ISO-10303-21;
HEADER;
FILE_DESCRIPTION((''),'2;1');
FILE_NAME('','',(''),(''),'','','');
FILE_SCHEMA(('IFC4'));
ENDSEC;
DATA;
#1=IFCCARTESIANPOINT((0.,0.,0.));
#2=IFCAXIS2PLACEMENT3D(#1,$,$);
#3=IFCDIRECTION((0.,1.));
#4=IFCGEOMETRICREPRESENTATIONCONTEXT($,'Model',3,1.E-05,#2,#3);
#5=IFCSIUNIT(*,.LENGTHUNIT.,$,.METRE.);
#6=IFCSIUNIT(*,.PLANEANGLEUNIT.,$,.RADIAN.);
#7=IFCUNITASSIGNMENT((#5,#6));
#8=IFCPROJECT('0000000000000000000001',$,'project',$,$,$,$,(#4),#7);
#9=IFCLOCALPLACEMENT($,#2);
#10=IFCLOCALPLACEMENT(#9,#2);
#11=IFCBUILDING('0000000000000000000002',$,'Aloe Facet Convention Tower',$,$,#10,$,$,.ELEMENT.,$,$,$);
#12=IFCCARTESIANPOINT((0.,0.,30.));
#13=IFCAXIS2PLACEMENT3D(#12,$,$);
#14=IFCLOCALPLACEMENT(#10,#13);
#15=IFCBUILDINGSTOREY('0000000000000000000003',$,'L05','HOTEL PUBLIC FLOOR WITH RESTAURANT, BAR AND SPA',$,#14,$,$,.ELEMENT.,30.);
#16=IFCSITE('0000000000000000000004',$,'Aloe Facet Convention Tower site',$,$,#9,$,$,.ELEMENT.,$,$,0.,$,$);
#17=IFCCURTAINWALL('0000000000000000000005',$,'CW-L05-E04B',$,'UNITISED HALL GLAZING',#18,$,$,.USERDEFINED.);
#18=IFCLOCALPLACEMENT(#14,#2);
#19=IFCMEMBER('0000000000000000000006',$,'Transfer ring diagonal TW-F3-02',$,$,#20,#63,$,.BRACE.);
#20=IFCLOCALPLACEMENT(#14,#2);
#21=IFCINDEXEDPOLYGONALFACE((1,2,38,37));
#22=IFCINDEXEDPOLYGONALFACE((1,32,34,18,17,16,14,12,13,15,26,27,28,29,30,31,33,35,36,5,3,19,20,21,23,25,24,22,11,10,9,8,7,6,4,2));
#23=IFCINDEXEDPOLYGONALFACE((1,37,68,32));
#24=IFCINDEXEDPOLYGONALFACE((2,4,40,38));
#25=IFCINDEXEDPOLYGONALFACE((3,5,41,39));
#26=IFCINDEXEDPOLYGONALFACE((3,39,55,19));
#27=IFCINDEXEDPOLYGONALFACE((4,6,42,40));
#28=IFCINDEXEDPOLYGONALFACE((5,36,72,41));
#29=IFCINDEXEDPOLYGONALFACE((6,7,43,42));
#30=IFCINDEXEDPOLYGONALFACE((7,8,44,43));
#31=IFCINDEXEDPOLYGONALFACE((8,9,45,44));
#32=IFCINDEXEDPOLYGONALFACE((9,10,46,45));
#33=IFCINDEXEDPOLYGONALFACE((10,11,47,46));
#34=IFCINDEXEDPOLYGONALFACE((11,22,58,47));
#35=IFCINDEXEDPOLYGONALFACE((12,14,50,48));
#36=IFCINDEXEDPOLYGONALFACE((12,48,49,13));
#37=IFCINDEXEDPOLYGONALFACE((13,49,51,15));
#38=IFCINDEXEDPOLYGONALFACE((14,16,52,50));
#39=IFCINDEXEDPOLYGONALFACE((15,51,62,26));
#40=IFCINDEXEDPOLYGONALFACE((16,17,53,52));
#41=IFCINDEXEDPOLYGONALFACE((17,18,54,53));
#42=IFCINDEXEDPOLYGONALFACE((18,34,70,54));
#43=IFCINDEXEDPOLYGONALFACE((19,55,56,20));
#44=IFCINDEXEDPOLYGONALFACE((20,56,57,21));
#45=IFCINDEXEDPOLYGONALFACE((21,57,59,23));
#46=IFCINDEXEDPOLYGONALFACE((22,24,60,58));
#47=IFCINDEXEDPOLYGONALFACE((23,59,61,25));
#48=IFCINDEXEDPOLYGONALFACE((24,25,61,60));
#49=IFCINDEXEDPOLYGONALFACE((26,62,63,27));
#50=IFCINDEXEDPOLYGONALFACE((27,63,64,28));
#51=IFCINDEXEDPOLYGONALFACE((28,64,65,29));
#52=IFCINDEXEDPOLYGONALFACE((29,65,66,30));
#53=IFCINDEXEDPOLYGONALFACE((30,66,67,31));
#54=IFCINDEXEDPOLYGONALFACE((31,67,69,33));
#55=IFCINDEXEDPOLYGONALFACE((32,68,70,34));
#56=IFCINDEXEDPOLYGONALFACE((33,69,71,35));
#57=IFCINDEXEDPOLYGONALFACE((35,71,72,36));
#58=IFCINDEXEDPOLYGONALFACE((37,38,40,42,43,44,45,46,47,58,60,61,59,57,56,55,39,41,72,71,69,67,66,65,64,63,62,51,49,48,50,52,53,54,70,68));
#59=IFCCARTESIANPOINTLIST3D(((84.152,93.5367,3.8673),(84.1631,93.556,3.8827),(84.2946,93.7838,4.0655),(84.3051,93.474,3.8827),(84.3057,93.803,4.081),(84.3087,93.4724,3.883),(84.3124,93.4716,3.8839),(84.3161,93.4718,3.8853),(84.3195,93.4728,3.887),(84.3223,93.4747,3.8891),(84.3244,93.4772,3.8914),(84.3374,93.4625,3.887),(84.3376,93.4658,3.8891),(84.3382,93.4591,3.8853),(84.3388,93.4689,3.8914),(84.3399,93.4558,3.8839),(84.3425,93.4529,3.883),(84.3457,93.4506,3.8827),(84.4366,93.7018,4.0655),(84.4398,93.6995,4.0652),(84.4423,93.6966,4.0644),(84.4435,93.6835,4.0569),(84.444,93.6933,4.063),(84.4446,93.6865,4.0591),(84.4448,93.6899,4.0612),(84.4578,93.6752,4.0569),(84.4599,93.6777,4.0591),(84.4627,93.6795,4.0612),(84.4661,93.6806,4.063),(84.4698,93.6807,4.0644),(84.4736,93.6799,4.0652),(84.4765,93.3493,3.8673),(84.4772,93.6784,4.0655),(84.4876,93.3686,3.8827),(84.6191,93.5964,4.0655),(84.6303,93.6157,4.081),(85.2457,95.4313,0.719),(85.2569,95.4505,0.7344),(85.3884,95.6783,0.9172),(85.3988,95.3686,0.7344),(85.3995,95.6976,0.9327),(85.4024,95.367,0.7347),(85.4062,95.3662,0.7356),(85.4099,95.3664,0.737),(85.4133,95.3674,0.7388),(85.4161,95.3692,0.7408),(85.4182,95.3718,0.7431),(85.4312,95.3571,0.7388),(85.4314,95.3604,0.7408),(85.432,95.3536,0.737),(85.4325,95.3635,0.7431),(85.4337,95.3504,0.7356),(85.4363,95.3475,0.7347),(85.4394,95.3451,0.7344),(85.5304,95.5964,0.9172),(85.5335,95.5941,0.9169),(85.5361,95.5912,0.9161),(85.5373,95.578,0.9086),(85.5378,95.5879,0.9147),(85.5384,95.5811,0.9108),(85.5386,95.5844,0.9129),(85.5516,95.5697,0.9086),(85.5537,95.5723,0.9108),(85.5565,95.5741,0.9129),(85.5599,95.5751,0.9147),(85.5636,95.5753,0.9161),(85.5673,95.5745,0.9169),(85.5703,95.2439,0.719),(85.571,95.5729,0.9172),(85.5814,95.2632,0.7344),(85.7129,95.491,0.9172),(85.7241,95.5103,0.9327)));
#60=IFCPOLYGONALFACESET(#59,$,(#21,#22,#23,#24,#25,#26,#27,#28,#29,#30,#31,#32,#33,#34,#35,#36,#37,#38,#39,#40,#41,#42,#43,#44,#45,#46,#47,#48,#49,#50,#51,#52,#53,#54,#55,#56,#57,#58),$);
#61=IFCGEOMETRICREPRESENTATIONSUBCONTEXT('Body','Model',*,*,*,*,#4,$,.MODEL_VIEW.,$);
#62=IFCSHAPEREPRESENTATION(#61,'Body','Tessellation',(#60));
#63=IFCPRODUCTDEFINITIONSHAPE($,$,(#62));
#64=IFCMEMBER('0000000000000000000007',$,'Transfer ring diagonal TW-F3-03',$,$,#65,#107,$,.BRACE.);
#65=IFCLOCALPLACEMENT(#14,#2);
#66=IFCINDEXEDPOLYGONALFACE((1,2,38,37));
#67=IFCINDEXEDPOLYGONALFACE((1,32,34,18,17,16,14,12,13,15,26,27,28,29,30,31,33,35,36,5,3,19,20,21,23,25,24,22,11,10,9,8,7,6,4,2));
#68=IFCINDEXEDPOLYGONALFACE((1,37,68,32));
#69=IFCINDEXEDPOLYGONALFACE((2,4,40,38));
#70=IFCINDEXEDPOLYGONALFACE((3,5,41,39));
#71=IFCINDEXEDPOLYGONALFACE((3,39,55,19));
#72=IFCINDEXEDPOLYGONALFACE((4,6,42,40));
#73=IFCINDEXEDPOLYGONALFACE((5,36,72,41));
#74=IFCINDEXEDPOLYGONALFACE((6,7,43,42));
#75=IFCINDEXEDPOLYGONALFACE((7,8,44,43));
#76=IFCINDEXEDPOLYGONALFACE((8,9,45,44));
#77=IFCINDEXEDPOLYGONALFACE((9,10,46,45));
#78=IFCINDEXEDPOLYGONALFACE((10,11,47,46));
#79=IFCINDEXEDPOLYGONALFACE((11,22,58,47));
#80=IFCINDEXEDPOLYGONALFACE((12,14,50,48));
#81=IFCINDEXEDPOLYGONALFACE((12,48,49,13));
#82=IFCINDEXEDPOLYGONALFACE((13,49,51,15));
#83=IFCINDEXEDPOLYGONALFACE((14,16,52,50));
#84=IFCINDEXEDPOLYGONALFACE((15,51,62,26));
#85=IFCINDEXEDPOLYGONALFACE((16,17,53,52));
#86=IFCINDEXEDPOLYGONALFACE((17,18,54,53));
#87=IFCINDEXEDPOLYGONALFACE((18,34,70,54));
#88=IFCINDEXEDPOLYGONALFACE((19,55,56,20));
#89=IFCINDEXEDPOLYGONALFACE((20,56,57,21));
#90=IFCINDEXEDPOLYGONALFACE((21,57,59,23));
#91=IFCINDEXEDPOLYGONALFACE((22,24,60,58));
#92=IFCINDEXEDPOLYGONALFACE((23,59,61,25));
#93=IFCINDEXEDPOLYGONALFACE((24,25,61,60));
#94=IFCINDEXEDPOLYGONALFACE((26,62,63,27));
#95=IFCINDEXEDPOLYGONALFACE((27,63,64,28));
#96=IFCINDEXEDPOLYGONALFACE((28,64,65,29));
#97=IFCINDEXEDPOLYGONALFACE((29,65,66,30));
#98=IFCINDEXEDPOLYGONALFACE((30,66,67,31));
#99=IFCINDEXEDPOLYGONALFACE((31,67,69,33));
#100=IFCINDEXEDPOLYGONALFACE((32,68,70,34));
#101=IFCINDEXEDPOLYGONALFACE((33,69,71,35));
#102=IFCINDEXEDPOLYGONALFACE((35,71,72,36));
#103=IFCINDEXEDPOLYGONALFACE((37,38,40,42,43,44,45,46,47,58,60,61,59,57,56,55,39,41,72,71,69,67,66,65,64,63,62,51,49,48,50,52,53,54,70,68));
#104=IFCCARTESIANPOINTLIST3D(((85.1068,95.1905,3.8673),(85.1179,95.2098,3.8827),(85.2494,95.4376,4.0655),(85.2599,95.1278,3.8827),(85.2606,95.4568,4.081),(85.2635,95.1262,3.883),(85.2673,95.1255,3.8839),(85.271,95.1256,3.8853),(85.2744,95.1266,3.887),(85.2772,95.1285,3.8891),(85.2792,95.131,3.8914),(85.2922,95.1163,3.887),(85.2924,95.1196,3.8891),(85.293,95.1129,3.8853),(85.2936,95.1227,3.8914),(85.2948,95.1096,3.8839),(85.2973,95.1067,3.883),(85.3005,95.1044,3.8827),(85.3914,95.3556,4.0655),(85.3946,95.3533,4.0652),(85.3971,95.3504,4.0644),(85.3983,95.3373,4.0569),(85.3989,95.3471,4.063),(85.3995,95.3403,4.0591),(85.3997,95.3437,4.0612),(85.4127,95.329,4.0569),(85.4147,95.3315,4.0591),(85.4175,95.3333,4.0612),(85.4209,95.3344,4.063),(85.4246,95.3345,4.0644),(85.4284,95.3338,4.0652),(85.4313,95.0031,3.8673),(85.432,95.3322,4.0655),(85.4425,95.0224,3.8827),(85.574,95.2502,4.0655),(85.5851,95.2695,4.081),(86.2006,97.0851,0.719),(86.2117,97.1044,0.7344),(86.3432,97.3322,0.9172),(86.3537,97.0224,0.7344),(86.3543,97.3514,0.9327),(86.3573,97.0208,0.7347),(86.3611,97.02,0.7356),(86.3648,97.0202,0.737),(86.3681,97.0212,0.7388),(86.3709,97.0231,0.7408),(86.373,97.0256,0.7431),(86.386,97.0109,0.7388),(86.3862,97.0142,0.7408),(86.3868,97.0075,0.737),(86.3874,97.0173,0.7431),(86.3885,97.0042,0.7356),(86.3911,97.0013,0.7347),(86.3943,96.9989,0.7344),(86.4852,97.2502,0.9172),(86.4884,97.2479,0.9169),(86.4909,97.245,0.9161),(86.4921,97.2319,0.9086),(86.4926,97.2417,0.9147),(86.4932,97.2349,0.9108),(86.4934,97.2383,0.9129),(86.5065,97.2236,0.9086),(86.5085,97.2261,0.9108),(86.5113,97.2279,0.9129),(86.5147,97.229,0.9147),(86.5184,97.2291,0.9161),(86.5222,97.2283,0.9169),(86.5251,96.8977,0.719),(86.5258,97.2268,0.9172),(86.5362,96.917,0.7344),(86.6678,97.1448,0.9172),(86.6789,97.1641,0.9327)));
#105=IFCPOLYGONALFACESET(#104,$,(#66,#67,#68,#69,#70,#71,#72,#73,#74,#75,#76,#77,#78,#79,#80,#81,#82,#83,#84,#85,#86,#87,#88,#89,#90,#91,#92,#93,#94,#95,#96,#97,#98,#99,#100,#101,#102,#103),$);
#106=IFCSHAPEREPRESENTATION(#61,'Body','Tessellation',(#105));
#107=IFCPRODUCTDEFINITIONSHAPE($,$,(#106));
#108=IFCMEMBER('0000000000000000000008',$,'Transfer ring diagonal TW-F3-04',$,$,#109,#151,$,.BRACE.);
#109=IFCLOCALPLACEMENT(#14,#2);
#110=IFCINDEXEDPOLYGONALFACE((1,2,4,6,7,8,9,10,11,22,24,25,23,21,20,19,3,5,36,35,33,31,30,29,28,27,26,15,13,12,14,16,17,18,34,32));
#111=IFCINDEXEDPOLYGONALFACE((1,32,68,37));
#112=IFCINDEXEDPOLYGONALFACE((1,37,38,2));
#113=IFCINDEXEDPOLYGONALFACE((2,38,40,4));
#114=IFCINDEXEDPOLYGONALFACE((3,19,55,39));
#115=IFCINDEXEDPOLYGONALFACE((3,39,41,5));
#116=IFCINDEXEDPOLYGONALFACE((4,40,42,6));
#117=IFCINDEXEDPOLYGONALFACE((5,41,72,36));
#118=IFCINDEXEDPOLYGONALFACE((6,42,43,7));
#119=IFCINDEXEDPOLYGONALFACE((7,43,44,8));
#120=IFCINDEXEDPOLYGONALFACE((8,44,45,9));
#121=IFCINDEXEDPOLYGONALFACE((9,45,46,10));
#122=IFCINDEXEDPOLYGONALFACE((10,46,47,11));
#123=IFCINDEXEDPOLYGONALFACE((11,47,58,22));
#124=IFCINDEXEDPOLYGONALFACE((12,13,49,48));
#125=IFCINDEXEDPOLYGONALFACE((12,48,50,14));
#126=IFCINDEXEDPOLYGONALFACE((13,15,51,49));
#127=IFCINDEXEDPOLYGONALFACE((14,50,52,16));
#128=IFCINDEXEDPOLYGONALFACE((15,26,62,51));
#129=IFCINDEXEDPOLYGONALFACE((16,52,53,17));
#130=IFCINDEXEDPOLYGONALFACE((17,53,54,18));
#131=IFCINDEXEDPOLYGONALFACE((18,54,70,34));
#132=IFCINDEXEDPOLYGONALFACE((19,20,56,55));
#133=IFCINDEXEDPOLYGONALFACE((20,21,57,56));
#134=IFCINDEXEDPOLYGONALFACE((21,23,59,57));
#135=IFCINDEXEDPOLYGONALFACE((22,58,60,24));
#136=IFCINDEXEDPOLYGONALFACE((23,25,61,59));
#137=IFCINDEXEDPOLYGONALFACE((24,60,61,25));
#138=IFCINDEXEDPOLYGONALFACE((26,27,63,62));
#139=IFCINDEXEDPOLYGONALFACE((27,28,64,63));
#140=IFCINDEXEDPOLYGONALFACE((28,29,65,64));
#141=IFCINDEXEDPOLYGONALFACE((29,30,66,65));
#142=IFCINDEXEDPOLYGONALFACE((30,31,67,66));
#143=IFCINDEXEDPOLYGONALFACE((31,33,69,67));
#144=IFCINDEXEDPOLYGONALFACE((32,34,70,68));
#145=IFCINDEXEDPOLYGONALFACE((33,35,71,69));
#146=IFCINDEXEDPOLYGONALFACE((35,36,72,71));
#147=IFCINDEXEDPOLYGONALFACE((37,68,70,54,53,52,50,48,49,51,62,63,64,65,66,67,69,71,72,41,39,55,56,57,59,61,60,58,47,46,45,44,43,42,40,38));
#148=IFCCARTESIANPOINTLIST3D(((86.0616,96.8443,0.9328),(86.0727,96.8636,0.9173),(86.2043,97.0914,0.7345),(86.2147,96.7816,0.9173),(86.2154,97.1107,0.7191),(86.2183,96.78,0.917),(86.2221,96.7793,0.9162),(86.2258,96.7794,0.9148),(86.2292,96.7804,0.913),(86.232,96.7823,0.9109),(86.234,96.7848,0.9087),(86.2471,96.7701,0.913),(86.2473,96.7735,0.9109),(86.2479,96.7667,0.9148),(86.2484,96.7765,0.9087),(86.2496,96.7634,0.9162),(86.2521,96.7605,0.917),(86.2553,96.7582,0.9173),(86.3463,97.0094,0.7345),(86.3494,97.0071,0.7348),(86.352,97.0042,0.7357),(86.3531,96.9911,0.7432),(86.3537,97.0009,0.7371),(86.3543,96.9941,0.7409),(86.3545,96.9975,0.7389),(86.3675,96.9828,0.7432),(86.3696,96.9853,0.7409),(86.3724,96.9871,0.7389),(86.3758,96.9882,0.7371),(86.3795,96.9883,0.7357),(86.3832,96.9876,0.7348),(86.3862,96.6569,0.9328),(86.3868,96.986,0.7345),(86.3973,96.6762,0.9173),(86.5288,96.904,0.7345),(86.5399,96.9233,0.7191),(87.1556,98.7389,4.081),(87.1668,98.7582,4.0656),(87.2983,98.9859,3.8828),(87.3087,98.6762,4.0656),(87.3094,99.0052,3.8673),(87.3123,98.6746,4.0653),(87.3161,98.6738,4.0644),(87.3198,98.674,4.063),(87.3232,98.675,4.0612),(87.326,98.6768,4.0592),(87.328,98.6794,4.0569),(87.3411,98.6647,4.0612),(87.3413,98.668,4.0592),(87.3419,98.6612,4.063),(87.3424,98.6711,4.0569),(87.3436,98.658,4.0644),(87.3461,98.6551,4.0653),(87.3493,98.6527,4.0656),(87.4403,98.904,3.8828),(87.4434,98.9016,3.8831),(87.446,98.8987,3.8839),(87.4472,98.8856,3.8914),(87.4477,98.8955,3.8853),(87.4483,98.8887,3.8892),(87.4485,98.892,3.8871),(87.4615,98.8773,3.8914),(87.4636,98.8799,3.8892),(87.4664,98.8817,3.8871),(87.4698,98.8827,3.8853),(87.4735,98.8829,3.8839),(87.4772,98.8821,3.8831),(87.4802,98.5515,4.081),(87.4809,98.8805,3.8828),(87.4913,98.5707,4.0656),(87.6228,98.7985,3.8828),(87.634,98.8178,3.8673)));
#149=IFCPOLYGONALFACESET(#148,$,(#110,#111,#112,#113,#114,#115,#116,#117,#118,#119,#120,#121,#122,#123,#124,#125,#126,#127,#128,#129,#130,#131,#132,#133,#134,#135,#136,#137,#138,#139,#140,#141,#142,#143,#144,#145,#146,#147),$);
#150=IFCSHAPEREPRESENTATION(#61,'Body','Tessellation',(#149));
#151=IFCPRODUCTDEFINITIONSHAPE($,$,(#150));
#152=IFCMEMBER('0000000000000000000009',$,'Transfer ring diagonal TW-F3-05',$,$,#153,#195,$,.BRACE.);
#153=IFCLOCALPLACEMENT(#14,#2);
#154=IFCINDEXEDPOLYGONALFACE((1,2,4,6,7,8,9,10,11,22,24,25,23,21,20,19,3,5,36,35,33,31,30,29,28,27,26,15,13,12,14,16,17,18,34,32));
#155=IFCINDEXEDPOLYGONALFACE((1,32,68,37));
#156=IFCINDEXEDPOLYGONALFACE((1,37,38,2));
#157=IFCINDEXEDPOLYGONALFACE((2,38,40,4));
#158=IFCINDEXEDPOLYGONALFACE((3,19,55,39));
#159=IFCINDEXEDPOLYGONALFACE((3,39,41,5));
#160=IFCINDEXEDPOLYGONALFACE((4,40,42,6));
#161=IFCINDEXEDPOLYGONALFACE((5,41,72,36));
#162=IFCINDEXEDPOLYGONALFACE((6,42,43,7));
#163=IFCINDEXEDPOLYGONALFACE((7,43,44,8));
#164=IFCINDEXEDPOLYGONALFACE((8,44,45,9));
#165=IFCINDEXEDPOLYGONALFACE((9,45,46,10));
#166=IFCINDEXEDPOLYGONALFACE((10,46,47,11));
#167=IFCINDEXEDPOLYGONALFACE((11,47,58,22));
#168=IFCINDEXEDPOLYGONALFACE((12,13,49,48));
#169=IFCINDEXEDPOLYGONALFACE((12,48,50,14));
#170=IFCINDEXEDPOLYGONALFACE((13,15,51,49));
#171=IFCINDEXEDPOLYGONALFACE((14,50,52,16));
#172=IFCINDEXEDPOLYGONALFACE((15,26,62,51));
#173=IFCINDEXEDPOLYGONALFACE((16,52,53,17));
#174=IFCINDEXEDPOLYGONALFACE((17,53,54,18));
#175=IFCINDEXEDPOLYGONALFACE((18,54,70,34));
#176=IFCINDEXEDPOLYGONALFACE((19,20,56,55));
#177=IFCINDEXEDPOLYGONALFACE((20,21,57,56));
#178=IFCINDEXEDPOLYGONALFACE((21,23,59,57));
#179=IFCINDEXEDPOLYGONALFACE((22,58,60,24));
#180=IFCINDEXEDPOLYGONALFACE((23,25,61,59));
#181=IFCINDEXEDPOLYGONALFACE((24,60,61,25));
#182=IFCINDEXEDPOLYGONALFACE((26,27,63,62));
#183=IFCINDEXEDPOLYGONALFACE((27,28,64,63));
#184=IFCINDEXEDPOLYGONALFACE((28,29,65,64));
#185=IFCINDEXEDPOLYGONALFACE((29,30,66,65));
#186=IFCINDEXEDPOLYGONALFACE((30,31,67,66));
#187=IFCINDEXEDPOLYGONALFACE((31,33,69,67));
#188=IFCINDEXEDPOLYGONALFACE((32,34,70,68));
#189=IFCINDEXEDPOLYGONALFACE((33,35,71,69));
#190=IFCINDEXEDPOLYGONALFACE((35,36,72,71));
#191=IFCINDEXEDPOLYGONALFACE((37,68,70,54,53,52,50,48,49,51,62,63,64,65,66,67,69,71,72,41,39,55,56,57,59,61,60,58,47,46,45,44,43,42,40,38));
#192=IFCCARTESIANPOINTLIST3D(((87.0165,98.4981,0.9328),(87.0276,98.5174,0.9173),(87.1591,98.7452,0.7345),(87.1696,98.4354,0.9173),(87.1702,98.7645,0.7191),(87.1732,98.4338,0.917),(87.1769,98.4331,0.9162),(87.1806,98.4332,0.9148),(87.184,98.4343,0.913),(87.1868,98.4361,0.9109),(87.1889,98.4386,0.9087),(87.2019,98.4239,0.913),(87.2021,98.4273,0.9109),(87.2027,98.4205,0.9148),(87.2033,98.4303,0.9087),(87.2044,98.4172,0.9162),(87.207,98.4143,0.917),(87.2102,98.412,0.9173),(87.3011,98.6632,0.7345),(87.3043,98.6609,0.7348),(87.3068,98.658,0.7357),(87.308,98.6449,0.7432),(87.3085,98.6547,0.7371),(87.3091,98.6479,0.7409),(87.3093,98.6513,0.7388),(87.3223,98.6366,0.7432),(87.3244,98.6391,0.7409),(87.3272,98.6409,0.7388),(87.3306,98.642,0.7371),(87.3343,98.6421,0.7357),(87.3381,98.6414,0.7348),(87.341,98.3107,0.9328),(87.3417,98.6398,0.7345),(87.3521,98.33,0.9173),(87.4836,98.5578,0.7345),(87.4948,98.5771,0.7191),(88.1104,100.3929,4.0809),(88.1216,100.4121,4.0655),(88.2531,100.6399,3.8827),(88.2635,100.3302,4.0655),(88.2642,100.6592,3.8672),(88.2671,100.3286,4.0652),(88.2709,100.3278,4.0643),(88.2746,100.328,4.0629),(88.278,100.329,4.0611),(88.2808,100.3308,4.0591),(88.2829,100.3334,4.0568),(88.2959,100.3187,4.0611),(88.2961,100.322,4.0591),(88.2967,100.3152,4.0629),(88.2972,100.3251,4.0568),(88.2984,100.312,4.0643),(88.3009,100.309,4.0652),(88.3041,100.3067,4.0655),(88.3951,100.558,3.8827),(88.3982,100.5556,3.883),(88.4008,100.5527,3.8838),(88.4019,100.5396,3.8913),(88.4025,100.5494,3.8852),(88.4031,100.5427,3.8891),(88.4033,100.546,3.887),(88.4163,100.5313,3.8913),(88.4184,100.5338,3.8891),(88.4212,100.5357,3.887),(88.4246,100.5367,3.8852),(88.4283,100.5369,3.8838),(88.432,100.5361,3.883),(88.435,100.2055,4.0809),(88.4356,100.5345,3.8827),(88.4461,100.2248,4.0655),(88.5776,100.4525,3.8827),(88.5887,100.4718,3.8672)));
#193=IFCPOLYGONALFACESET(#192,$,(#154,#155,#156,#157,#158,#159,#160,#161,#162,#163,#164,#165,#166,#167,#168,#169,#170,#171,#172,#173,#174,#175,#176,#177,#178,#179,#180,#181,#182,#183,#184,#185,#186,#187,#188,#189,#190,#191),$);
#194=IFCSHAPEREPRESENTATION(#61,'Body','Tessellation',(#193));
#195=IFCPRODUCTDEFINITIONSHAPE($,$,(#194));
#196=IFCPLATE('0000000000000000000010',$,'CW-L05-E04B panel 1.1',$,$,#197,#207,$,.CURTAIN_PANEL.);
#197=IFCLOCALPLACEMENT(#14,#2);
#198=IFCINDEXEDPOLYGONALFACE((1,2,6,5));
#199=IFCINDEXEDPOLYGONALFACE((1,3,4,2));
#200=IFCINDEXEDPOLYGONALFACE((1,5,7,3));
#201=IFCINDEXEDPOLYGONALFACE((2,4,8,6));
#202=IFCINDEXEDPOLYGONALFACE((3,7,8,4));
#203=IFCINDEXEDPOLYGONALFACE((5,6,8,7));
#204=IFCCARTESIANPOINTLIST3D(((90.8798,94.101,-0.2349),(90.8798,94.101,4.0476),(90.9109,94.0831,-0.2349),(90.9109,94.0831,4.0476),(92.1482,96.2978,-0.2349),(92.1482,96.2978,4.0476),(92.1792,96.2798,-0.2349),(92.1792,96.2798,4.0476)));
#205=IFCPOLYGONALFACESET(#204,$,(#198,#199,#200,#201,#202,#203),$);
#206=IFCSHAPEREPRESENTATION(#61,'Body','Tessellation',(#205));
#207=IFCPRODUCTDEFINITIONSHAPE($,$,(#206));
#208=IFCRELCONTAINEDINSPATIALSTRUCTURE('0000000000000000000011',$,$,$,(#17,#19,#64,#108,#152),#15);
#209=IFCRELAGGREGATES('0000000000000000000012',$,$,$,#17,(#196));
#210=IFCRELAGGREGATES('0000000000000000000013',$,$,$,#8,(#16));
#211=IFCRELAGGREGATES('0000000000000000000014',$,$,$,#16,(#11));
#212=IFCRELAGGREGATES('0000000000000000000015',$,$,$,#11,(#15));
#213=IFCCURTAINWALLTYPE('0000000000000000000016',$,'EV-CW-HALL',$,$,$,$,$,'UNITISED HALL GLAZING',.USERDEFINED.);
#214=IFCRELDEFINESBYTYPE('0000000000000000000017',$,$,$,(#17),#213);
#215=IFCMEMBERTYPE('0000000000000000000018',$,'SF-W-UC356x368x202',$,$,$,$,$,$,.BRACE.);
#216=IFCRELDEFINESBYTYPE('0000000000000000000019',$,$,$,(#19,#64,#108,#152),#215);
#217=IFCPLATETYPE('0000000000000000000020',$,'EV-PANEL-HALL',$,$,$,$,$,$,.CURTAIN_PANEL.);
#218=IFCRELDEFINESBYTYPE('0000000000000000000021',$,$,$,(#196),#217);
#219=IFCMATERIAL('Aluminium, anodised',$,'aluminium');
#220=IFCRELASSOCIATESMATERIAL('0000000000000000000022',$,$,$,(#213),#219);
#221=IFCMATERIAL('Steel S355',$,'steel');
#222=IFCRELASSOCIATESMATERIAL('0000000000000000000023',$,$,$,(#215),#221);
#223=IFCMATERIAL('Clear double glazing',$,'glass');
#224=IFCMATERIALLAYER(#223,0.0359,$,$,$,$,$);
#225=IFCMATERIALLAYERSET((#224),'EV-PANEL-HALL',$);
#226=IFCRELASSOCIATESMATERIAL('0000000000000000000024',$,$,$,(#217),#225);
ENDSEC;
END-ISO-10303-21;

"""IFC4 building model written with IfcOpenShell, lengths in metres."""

from ifc_helpers import new_model, si_unit, direction, frame, origin, origin_2d, place, context, subcontext, project, spatial, rectangle, i_section, extrude, material, layer, layer_set, material_profile, profile_set, type_object, element, aggregate, save


model = new_model("IFC4")

# Units and contexts
model_context = context("Model", 3, precision=1e-05, world=origin(), true_north=direction((0.0, 1.0)))
body_context = subcontext(model_context, "Body", "Model", "MODEL_VIEW")
ifc_project = project(units=[si_unit("LENGTHUNIT", "METRE"), si_unit("PLANEANGLEUNIT", "RADIAN")], contexts=[model_context])

# Site, building, storey
site_placement = place(None, origin())
site = spatial("IfcSite", under=ifc_project, at=site_placement, Name="Aloe Facet Convention Tower site", CompositionType="ELEMENT", RefElevation=0.0)
building_placement = place(site_placement, origin())
building = spatial("IfcBuilding", under=site, at=building_placement, Name="Aloe Facet Convention Tower", CompositionType="ELEMENT")
storey_placement = place(building_placement, frame((0.0, 0.0, 30.0)))
storey = spatial("IfcBuildingStorey", under=building, at=storey_placement, Name="L05", Description="HOTEL PUBLIC FLOOR WITH RESTAURANT, BAR AND SPA", CompositionType="ELEMENT", Elevation=30.0)

# Curtain wall
ifc_material_1 = material(Name="Aluminium, anodised", Category="aluminium")
curtain_wall_type = type_object("IfcCurtainWallType", Name="EV-CW-HALL", ElementType="UNITISED HALL GLAZING", PredefinedType="USERDEFINED", material=ifc_material_1)
curtain_wall_1_placement = place(storey_placement, origin())
curtain_wall_1 = element("IfcCurtainWall", 1, at=curtain_wall_1_placement, inside=storey, type_object=curtain_wall_type, Name="CW-L05-E04B", ObjectType="UNITISED HALL GLAZING", PredefinedType="USERDEFINED")

# Members
ifc_material_2 = material(Name="Steel S355", Category="steel")
ifc_material_profile_1 = material_profile(ifc_material_2, i_section(OverallWidth=0.3748, OverallDepth=0.3745, WebThickness=0.0166, FlangeThickness=0.0271, FilletRadius=0.0151, at=origin_2d()), Name="UC 356x368x202")
ifc_profile_set_1 = profile_set([ifc_material_profile_1], Name="Steel S355")
member_type_1 = type_object("IfcMemberType", Name="SF-W-UC356x368x202", PredefinedType="BRACE", material=ifc_profile_set_1)
for number, where, z_axis, x_axis, name in (
    (2, (84.3911, 93.5762, 3.9741), (0.285305, 0.494188, -0.821206), (-0.866037, 0.49998, 0.0), "Transfer ring diagonal TW-F3-02"),
    (3, (85.3459, 95.23, 3.9741), (0.285305, 0.494188, -0.821206), (-0.866037, 0.49998, 0.0), "Transfer ring diagonal TW-F3-03"),
    (4, (86.3008, 96.8838, 0.8259), (0.285363, 0.494179, 0.821191), (-0.865989, 0.500064, 0.0), "Transfer ring diagonal TW-F3-04"),
    (5, (87.2556, 98.5376, 0.8259), (0.285354, 0.494227, 0.821165), (-0.866016, 0.500015, 0.0), "Transfer ring diagonal TW-F3-05"),
):
    element("IfcMember", number, at=place(storey_placement, frame(where, z_axis=z_axis, x_axis=x_axis)), inside=storey, type_object=member_type_1, Name=name, PredefinedType="BRACE", context=body_context, shape_type="SweptSolid", body=[
        extrude(i_section(OverallWidth=0.3748, OverallDepth=0.3745, WebThickness=0.0166, FlangeThickness=0.0271, FilletRadius=0.0151, at=origin_2d()), origin(), (0.0, 0.0, 1.0), 3.8337),
    ])

# Plate
ifc_material_3 = material(Name="Clear double glazing", Category="glass")
ifc_layer_1 = layer(ifc_material_3, 0.0359)
ifc_layer_set_1 = layer_set([ifc_layer_1], Name="EV-PANEL-HALL")
plate_type = type_object("IfcPlateType", Name="EV-PANEL-HALL", PredefinedType="CURTAIN_PANEL", material=ifc_layer_set_1)
plate_1_placement = place(storey_placement, frame((91.5295, 95.1904, -0.2349), z_axis=(0.0, 0.0, 1.0), x_axis=(0.5, 0.866025, 0.0)))
plate_1 = element("IfcPlate", 6, at=plate_1_placement, type_object=plate_type, Name="CW-L05-E04B panel 1.1", PredefinedType="CURTAIN_PANEL", context=body_context, shape_type="SweptSolid", body=[
    extrude(rectangle(XDim=2.5366, YDim=0.0359, at=origin_2d()), origin(), (0.0, 0.0, 1.0), 4.2825),
])
aggregate(curtain_wall_1, [plate_1])

save(model, "model.ifc")
